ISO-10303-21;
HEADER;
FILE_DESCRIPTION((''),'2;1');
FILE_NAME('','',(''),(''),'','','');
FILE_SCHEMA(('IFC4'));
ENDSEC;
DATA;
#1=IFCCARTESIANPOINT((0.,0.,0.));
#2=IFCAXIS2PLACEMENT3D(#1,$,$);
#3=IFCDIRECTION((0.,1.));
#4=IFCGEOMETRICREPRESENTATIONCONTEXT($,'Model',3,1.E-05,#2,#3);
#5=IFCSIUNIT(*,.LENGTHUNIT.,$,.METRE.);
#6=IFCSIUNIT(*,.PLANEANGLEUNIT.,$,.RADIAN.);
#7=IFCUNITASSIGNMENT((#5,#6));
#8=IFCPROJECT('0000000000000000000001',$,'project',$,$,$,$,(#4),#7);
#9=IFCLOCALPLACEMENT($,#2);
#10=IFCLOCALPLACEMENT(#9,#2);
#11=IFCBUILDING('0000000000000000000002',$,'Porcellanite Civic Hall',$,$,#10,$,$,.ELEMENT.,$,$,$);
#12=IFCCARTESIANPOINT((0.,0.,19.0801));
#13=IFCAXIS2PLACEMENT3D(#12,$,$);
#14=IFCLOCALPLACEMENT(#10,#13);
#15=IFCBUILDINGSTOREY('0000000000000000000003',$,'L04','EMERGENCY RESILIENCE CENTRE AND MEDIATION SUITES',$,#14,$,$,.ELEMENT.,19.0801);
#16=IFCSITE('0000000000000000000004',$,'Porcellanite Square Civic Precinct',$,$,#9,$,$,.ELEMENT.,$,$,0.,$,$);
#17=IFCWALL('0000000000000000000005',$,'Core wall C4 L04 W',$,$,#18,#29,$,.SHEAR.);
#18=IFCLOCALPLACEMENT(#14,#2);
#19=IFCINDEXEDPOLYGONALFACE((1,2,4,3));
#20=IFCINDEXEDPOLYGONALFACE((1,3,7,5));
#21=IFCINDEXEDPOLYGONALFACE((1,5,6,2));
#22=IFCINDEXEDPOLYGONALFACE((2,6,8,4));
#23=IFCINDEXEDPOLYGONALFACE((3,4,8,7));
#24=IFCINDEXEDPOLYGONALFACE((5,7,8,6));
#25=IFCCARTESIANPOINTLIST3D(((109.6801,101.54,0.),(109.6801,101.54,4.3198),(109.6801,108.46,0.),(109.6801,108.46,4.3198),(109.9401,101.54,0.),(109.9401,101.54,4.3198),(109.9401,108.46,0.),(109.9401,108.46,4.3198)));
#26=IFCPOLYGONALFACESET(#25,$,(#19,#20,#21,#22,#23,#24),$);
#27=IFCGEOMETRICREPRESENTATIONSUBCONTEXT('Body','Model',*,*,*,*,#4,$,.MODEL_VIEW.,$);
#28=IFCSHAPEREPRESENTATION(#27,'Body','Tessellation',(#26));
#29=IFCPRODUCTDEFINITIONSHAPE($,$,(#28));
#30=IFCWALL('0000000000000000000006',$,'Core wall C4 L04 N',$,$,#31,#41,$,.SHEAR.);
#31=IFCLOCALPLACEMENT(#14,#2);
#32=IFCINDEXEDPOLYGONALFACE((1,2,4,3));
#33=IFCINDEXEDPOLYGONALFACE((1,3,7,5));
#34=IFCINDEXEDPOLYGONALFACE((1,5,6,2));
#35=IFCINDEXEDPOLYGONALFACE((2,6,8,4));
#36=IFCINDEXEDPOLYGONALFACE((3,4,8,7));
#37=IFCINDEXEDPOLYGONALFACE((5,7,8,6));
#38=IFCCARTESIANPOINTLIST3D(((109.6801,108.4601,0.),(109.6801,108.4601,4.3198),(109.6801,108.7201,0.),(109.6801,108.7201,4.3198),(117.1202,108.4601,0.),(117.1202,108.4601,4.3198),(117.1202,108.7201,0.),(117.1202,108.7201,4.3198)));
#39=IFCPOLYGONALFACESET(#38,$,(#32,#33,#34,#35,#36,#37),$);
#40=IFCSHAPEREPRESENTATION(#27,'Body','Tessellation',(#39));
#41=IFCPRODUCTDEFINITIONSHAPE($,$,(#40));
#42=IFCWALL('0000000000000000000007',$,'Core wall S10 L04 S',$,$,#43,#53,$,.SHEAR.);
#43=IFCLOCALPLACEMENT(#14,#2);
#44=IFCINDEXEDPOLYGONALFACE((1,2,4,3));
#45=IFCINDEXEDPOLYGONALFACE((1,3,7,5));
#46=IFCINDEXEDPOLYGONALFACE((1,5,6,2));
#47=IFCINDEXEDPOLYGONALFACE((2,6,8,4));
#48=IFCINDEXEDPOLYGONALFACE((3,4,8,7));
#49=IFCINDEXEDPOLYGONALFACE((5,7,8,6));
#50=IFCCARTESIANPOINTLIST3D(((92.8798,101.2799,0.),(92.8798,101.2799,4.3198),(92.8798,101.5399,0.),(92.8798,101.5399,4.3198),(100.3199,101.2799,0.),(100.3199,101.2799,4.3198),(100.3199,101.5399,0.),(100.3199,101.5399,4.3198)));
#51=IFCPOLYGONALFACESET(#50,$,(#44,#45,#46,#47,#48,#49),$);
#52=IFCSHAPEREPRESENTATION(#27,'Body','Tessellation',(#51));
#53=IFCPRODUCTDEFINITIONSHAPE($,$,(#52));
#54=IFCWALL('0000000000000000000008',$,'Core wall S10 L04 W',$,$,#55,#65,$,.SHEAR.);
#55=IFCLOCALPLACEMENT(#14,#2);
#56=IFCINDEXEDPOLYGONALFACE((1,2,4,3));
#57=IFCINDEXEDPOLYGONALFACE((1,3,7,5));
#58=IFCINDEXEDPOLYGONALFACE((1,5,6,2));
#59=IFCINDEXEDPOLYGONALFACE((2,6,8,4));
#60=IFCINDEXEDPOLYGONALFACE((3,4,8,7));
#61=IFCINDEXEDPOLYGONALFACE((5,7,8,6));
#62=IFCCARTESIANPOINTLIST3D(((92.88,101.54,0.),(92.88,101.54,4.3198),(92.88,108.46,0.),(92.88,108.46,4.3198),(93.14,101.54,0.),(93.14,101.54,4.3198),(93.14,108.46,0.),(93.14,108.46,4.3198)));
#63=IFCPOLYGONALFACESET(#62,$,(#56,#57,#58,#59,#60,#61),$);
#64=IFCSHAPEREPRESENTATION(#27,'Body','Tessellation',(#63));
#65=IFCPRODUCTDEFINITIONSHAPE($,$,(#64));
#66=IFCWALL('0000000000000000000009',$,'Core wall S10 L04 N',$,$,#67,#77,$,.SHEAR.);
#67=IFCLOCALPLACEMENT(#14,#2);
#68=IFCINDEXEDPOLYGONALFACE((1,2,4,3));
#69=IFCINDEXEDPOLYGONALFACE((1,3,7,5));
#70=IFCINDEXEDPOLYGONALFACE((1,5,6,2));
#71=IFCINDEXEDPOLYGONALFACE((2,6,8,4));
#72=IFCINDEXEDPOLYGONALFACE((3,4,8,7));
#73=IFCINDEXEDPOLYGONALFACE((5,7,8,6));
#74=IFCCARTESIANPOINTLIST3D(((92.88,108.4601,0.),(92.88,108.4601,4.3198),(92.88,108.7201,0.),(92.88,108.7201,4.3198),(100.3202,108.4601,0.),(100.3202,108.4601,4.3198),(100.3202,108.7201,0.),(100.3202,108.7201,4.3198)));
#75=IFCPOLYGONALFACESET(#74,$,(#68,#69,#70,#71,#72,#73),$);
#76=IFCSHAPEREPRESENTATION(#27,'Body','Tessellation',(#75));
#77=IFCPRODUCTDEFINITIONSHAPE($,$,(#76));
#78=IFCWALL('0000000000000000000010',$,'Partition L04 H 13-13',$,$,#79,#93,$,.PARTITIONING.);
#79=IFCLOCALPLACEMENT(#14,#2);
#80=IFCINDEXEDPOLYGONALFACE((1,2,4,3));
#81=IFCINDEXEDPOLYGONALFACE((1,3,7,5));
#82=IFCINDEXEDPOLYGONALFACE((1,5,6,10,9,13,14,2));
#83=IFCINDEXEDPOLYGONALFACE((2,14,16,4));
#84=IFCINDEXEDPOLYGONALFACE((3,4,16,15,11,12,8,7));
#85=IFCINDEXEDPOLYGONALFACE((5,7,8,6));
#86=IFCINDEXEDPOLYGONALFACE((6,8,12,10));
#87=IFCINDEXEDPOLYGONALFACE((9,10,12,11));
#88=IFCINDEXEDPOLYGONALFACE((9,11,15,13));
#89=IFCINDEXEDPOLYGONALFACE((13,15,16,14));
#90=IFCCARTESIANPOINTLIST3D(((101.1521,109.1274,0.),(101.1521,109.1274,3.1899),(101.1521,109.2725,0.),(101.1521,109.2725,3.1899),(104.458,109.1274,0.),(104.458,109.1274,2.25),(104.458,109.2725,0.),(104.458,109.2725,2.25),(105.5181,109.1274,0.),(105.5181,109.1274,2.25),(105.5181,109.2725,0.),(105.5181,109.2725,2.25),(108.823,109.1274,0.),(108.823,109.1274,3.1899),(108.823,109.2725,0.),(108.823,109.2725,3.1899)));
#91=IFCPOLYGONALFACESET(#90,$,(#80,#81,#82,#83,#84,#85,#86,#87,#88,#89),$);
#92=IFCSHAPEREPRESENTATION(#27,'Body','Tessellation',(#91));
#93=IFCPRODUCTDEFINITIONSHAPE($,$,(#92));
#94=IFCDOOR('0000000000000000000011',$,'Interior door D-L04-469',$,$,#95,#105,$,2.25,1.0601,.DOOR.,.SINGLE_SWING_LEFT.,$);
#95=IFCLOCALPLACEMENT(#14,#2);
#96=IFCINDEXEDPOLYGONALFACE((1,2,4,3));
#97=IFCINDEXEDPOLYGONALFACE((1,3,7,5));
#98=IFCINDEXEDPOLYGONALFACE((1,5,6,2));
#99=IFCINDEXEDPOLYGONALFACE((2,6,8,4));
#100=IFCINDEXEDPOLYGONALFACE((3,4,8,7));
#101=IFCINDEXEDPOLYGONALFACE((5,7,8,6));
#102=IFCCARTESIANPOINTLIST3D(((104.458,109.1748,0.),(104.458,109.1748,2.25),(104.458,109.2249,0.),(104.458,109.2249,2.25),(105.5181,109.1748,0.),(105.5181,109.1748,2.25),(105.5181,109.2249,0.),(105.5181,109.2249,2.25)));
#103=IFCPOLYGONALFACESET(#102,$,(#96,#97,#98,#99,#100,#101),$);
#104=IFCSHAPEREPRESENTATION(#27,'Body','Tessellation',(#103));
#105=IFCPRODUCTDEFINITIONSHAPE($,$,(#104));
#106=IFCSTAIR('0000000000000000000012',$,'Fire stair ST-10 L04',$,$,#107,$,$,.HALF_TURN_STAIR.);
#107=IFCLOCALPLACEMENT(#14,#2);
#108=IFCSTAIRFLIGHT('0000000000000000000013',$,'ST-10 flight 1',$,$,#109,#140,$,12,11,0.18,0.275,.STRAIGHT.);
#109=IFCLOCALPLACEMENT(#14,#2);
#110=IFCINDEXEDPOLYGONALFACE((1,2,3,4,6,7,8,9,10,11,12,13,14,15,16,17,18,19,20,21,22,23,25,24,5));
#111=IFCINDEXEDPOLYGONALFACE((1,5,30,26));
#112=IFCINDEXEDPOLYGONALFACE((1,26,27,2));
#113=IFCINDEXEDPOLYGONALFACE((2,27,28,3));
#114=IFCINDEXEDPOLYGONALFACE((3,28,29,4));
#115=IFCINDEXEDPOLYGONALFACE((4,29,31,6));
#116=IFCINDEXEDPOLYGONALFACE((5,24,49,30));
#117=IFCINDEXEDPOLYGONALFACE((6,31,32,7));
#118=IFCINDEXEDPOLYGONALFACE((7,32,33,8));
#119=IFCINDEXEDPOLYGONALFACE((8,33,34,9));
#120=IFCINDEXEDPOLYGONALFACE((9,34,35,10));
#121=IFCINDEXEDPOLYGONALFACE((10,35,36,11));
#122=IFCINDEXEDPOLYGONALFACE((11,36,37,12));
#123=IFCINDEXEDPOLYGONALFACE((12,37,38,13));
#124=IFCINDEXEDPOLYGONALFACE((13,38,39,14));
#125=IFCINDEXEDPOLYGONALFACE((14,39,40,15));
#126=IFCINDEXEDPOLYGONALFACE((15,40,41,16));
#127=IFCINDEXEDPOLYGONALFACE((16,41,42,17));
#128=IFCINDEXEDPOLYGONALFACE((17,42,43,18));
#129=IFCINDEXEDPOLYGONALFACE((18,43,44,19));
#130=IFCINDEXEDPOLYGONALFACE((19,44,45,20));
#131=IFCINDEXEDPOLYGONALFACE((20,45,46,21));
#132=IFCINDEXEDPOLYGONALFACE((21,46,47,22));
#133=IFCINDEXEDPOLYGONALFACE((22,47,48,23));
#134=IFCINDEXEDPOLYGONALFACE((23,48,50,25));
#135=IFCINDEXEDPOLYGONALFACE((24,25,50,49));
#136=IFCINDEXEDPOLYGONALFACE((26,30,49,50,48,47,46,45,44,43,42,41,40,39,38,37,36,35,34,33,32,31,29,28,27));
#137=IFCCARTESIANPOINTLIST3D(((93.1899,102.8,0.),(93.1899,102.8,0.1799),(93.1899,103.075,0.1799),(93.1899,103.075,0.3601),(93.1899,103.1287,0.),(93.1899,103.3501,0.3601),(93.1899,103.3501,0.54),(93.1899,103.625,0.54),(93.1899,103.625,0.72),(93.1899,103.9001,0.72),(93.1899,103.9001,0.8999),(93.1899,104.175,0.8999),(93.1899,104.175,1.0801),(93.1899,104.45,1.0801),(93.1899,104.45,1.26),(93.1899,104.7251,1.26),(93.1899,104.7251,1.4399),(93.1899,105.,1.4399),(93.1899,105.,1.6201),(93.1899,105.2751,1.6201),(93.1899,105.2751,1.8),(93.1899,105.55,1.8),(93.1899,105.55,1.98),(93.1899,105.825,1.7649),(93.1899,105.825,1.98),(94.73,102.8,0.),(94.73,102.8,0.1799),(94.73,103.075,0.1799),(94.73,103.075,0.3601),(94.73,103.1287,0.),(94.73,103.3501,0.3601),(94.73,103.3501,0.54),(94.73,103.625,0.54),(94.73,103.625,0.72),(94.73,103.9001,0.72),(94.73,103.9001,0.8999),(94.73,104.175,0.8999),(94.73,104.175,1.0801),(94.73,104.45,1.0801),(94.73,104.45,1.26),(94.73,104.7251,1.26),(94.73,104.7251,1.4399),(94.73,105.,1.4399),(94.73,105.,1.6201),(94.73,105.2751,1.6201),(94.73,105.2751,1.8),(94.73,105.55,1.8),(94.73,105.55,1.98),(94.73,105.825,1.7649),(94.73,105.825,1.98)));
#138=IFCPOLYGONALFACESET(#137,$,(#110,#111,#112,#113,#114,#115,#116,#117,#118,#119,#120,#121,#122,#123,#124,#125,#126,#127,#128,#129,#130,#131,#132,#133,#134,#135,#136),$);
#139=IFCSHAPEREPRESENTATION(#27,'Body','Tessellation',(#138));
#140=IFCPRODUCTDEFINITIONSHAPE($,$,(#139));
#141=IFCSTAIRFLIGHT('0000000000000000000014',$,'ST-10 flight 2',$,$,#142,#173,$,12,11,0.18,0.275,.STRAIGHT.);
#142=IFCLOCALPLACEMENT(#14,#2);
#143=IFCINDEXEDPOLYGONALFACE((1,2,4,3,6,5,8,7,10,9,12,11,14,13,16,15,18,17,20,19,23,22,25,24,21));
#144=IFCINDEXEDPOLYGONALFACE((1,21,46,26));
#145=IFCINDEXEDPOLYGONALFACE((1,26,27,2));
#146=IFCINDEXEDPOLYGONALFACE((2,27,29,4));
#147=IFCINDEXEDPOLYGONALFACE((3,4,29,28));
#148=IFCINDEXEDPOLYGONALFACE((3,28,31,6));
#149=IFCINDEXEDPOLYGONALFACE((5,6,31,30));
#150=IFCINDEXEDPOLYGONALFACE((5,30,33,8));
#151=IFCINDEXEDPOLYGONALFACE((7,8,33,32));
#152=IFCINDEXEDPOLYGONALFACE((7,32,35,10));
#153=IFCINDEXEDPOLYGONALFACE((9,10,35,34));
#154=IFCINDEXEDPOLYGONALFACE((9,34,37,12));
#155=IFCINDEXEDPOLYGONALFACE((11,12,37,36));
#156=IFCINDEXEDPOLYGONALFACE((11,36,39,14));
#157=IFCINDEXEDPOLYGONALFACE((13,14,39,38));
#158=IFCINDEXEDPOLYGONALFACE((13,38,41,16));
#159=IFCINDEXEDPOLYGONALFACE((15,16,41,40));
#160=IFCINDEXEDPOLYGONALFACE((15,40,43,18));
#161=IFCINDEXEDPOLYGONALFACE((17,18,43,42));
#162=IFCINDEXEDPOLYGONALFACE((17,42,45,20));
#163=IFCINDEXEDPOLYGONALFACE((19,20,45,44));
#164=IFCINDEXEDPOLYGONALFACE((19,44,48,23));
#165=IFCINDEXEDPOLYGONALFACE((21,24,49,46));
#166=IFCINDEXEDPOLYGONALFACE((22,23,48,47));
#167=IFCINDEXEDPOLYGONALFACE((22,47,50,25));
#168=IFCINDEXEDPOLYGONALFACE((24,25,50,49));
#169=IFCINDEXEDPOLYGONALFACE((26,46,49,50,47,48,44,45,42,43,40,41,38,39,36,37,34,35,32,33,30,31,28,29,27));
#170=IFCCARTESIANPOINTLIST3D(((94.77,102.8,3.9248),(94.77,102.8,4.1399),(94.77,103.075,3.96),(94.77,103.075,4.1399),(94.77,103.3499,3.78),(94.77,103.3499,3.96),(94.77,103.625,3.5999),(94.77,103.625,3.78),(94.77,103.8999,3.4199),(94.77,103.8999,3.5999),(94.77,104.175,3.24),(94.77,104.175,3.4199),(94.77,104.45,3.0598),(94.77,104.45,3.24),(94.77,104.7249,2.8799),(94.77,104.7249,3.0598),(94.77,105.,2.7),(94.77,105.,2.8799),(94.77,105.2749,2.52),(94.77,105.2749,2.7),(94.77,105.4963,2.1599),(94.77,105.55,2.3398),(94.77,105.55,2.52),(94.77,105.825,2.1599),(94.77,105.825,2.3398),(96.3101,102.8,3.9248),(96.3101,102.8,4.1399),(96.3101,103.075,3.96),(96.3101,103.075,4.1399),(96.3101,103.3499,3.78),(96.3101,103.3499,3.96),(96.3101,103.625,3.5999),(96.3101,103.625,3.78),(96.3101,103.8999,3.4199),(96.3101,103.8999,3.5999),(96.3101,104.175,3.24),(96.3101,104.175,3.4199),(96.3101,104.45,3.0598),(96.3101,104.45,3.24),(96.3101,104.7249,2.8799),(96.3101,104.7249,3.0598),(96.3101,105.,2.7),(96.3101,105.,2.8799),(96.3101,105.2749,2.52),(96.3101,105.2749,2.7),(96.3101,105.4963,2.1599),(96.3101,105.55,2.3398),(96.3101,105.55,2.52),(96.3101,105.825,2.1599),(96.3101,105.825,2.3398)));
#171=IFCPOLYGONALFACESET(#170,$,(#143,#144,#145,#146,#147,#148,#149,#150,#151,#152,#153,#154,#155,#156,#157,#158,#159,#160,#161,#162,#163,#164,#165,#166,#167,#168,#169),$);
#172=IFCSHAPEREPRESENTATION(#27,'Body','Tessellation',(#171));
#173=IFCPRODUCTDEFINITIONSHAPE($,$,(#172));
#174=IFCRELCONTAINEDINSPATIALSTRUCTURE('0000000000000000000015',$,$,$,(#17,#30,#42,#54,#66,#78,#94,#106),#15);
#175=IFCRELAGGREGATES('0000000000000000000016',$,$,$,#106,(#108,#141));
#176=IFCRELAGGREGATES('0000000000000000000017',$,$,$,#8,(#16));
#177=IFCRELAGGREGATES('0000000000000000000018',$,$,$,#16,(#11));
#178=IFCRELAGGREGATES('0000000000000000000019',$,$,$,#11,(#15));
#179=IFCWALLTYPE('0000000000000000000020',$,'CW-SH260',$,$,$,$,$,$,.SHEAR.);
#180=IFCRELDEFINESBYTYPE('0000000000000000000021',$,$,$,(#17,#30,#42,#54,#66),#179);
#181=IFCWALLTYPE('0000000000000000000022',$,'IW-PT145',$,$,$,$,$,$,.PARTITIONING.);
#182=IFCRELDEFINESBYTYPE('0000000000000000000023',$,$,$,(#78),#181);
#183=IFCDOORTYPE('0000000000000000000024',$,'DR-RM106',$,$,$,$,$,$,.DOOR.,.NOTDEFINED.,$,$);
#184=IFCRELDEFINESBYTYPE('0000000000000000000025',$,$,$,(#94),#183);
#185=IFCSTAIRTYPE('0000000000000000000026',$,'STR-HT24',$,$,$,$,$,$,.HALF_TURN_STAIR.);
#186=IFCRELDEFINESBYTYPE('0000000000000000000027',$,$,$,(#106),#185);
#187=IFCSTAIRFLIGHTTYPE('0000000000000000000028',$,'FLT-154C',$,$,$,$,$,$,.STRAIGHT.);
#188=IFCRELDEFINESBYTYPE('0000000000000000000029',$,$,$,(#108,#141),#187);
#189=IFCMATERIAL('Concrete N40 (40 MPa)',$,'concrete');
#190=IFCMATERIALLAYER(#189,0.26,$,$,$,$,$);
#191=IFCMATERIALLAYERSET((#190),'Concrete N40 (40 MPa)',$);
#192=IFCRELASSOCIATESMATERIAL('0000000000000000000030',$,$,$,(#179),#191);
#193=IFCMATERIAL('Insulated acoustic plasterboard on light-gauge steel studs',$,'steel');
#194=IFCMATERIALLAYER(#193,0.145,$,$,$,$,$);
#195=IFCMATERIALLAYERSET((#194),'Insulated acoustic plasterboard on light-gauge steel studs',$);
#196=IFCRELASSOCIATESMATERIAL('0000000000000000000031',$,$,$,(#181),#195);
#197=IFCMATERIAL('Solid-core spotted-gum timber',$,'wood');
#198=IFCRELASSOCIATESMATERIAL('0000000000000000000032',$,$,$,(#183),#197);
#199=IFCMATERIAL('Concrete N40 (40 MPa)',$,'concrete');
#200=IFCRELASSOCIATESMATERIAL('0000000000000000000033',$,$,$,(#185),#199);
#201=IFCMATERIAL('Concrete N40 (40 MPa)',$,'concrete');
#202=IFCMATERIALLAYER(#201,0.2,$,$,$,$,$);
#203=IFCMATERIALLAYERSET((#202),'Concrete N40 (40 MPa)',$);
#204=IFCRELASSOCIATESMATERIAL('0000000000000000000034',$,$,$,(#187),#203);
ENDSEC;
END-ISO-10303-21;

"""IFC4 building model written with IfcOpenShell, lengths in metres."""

from ifc_helpers import new_model, si_unit, direction, frame, frame_2d, origin, place, context, subcontext, project, spatial, polyline, rectangle, outline, extrude, material, layer, layer_set, type_object, element, fill, aggregate, save


model = new_model("IFC4")

# Units and contexts
model_context = context("Model", 3, precision=1e-05, world=origin(), true_north=direction((0.0, 1.0)))
body_context = subcontext(model_context, "Body", "Model", "MODEL_VIEW")
ifc_project = project(units=[si_unit("LENGTHUNIT", "METRE"), si_unit("PLANEANGLEUNIT", "RADIAN")], contexts=[model_context])

# Site, building, storey
site_placement = place(None, origin())
site = spatial("IfcSite", under=ifc_project, at=site_placement, Name="Porcellanite Square Civic Precinct", CompositionType="ELEMENT", RefElevation=0.0)
building_placement = place(site_placement, origin())
building = spatial("IfcBuilding", under=site, at=building_placement, Name="Porcellanite Civic Hall", CompositionType="ELEMENT")
storey_placement = place(building_placement, frame((0.0, 0.0, 19.0801)))
storey = spatial("IfcBuildingStorey", under=building, at=storey_placement, Name="L04", Description="EMERGENCY RESILIENCE CENTRE AND MEDIATION SUITES", CompositionType="ELEMENT", Elevation=19.0801)

# Walls
ifc_material_1 = material(Name="Concrete N40 (40 MPa)", Category="concrete")
ifc_layer_1 = layer(ifc_material_1, 0.26)
ifc_layer_set_1 = layer_set([ifc_layer_1], Name="Concrete N40 (40 MPa)")
wall_type_1 = type_object("IfcWallType", Name="CW-SH260", PredefinedType="SHEAR", material=ifc_layer_set_1)
wall_1_placement = place(storey_placement, frame((109.8101, 101.54, 0.0), z_axis=(0.0, 0.0, 1.0), x_axis=(0.0, 1.0, 0.0)))
element("IfcWall", 1, at=wall_1_placement, inside=storey, type_object=wall_type_1, Name="Core wall C4 L04 W", PredefinedType="SHEAR", context=body_context, shape_type="SweptSolid", body=[
    extrude(rectangle(XDim=6.9199, YDim=0.26, at=frame_2d((3.46, 0.0))), origin(), (0.0, 0.0, 1.0), 4.3198),
])
for number, where, z_axis, x_axis, name in (
    (2, (109.6799, 108.5901, 0.0), (0.0, 0.0, 1.0), (1.0, 0.0, 0.0), "Core wall C4 L04 N"),
    (3, (100.3201, 101.4099, 0.0), (0.0, 0.0, 1.0), (-1.0, 0.0, 0.0), "Core wall S10 L04 S"),
):
    element("IfcWall", number, at=place(storey_placement, frame(where, z_axis=z_axis, x_axis=x_axis)), inside=storey, type_object=wall_type_1, Name=name, PredefinedType="SHEAR", context=body_context, shape_type="SweptSolid", body=[
        extrude(rectangle(XDim=7.4402, YDim=0.26, at=frame_2d((3.7202, 0.0))), origin(), (0.0, 0.0, 1.0), 4.3198),
    ])
wall_2_placement = place(storey_placement, frame((93.01, 101.54, 0.0), z_axis=(0.0, 0.0, 1.0), x_axis=(0.0, 1.0, 0.0)))
element("IfcWall", 4, at=wall_2_placement, inside=storey, type_object=wall_type_1, Name="Core wall S10 L04 W", PredefinedType="SHEAR", context=body_context, shape_type="SweptSolid", body=[
    extrude(rectangle(XDim=6.9199, YDim=0.26, at=frame_2d((3.46, 0.0))), origin(), (0.0, 0.0, 1.0), 4.3198),
])
wall_3_placement = place(storey_placement, frame((92.8799, 108.5901, 0.0), z_axis=(0.0, 0.0, 1.0), x_axis=(1.0, 0.0, 0.0)))
element("IfcWall", 5, at=wall_3_placement, inside=storey, type_object=wall_type_1, Name="Core wall S10 L04 N", PredefinedType="SHEAR", context=body_context, shape_type="SweptSolid", body=[
    extrude(rectangle(XDim=7.4402, YDim=0.26, at=frame_2d((3.7202, 0.0))), origin(), (0.0, 0.0, 1.0), 4.3198),
])

# Wall, opening, door
ifc_material_2 = material(Name="Insulated acoustic plasterboard on light-gauge steel studs", Category="steel")
ifc_layer_2 = layer(ifc_material_2, 0.145)
ifc_layer_set_2 = layer_set([ifc_layer_2], Name="Insulated acoustic plasterboard on light-gauge steel studs")
wall_type_2 = type_object("IfcWallType", Name="IW-PT145", PredefinedType="PARTITIONING", material=ifc_layer_set_2)
wall_4_placement = place(storey_placement, frame((101.1521, 109.2, 0.0), z_axis=(0.0, 0.0, 1.0), x_axis=(1.0, 0.0, 0.0)))
wall_4 = element("IfcWall", 6, at=wall_4_placement, inside=storey, type_object=wall_type_2, Name="Partition L04 H 13-13", PredefinedType="PARTITIONING", context=body_context, shape_type="SweptSolid", body=[
    extrude(rectangle(XDim=7.6709, YDim=0.145, at=frame_2d((3.8354, 0.0))), origin(), (0.0, 0.0, 1.0), 3.1899),
])
opening_1_placement = place(wall_4_placement, frame((3.3059, 0.0, 0.0)))
opening_1 = element("IfcOpeningElement", 7, at=opening_1_placement, cuts=wall_4, PredefinedType="OPENING", context=body_context, shape_type="SweptSolid", body=[
    extrude(rectangle(XDim=1.0601, YDim=2.25, at=frame_2d((0.53, 1.125))), frame((0.0, 0.0725, 0.0), z_axis=(0.0, -1.0, 0.0), x_axis=(1.0, 0.0, 0.0)), (0.0, 0.0, 1.0), 0.145),
])
ifc_material_3 = material(Name="Solid-core spotted-gum timber", Category="wood")
door_type_1 = type_object("IfcDoorType", Name="DR-RM106", OperationType="NOTDEFINED", PredefinedType="DOOR", material=ifc_material_3)
door_1_placement = place(opening_1_placement, origin())
door_1 = element("IfcDoor", 8, at=door_1_placement, inside=storey, type_object=door_type_1, Name="Interior door D-L04-469", OperationType="SINGLE_SWING_LEFT", OverallHeight=2.25, OverallWidth=1.0601, PredefinedType="DOOR", context=body_context, shape_type="SweptSolid", body=[
    extrude(rectangle(XDim=1.0601, YDim=2.25, at=frame_2d((0.53, 1.125))), frame((0.0, 0.0249, 0.0), z_axis=(0.0, -1.0, 0.0), x_axis=(1.0, 0.0, 0.0)), (0.0, 0.0, 1.0), 0.05),
])
fill(opening_1, door_1)

# Stair, stair flights
ifc_material_4 = material(Name="Concrete N40 (40 MPa)", Category="concrete")
stair_type = type_object("IfcStairType", Name="STR-HT24", PredefinedType="HALF_TURN_STAIR", material=ifc_material_4)
stair_placement = place(storey_placement, origin())
stair = element("IfcStair", 9, at=stair_placement, inside=storey, type_object=stair_type, Name="Fire stair ST-10 L04", PredefinedType="HALF_TURN_STAIR")
ifc_material_5 = material(Name="Concrete N40 (40 MPa)", Category="concrete")
ifc_layer_3 = layer(ifc_material_5, 0.2)
ifc_layer_set_3 = layer_set([ifc_layer_3], Name="Concrete N40 (40 MPa)")
stair_flight_type = type_object("IfcStairFlightType", Name="FLT-154C", PredefinedType="STRAIGHT", material=ifc_layer_set_3)
stair_flight_1_placement = place(storey_placement, frame((93.96, 102.8, 0.0), z_axis=(0.0, 0.0, 1.0), x_axis=(0.0, 1.0, 0.0)))
stair_flight_1 = element("IfcStairFlight", 10, at=stair_flight_1_placement, type_object=stair_flight_type, Name="ST-10 flight 1", NumberOfRisers=12, NumberOfTreads=11, PredefinedType="STRAIGHT", RiserHeight=0.18, TreadLength=0.275, context=body_context, shape_type="SweptSolid", body=[
    extrude(outline(polyline([(0.0, 0.0), (0.0, 0.1799), (0.2749, 0.1799), (0.2749, 0.3601), (0.55, 0.3601), (0.55, 0.54), (0.825, 0.54), (0.825, 0.72), (1.1001, 0.72), (1.1001, 0.8999), (1.375, 0.8999), (1.375, 1.0801), (1.6499, 1.0801), (1.6499, 1.26), (1.925, 1.26), (1.925, 1.4399), (2.2, 1.4399), (2.2, 1.6201), (2.4751, 1.6201), (2.4751, 1.8), (2.75, 1.8), (2.75, 1.98), (3.0249, 1.98), (3.0249, 2.1599), (3.0249, 1.7649), (0.3286, 0.0), (0.0, 0.0)])), frame((0.0, 0.77, 0.0), z_axis=(0.0, -1.0, 0.0), x_axis=(1.0, 0.0, 0.0)), (0.0, 0.0, 1.0), 1.54),
])
stair_flight_2_placement = place(storey_placement, frame((95.54, 105.825, 2.1599), z_axis=(0.0, 0.0, 1.0), x_axis=(0.0, -1.0, 0.0)))
stair_flight_2 = element("IfcStairFlight", 11, at=stair_flight_2_placement, type_object=stair_flight_type, Name="ST-10 flight 2", NumberOfRisers=12, NumberOfTreads=11, PredefinedType="STRAIGHT", RiserHeight=0.18, TreadLength=0.275, context=body_context, shape_type="SweptSolid", body=[
    extrude(outline(polyline([(0.0, 0.0), (0.0, 0.1799), (0.2749, 0.1799), (0.2749, 0.3601), (0.55, 0.3601), (0.55, 0.54), (0.825, 0.54), (0.825, 0.72), (1.1001, 0.72), (1.1001, 0.8999), (1.375, 0.8999), (1.375, 1.0801), (1.6499, 1.0801), (1.6499, 1.26), (1.925, 1.26), (1.925, 1.4399), (2.2, 1.4399), (2.2, 1.6201), (2.4751, 1.6201), (2.4751, 1.8), (2.75, 1.8), (2.75, 1.98), (3.0249, 1.98), (3.0249, 2.1599), (3.0249, 1.7649), (0.3286, 0.0), (0.0, 0.0)])), frame((0.0, 0.77, 0.0), z_axis=(0.0, -1.0, 0.0), x_axis=(1.0, 0.0, 0.0)), (0.0, 0.0, 1.0), 1.54),
])
aggregate(stair, [stair_flight_1, stair_flight_2])

save(model, "model.ifc")
